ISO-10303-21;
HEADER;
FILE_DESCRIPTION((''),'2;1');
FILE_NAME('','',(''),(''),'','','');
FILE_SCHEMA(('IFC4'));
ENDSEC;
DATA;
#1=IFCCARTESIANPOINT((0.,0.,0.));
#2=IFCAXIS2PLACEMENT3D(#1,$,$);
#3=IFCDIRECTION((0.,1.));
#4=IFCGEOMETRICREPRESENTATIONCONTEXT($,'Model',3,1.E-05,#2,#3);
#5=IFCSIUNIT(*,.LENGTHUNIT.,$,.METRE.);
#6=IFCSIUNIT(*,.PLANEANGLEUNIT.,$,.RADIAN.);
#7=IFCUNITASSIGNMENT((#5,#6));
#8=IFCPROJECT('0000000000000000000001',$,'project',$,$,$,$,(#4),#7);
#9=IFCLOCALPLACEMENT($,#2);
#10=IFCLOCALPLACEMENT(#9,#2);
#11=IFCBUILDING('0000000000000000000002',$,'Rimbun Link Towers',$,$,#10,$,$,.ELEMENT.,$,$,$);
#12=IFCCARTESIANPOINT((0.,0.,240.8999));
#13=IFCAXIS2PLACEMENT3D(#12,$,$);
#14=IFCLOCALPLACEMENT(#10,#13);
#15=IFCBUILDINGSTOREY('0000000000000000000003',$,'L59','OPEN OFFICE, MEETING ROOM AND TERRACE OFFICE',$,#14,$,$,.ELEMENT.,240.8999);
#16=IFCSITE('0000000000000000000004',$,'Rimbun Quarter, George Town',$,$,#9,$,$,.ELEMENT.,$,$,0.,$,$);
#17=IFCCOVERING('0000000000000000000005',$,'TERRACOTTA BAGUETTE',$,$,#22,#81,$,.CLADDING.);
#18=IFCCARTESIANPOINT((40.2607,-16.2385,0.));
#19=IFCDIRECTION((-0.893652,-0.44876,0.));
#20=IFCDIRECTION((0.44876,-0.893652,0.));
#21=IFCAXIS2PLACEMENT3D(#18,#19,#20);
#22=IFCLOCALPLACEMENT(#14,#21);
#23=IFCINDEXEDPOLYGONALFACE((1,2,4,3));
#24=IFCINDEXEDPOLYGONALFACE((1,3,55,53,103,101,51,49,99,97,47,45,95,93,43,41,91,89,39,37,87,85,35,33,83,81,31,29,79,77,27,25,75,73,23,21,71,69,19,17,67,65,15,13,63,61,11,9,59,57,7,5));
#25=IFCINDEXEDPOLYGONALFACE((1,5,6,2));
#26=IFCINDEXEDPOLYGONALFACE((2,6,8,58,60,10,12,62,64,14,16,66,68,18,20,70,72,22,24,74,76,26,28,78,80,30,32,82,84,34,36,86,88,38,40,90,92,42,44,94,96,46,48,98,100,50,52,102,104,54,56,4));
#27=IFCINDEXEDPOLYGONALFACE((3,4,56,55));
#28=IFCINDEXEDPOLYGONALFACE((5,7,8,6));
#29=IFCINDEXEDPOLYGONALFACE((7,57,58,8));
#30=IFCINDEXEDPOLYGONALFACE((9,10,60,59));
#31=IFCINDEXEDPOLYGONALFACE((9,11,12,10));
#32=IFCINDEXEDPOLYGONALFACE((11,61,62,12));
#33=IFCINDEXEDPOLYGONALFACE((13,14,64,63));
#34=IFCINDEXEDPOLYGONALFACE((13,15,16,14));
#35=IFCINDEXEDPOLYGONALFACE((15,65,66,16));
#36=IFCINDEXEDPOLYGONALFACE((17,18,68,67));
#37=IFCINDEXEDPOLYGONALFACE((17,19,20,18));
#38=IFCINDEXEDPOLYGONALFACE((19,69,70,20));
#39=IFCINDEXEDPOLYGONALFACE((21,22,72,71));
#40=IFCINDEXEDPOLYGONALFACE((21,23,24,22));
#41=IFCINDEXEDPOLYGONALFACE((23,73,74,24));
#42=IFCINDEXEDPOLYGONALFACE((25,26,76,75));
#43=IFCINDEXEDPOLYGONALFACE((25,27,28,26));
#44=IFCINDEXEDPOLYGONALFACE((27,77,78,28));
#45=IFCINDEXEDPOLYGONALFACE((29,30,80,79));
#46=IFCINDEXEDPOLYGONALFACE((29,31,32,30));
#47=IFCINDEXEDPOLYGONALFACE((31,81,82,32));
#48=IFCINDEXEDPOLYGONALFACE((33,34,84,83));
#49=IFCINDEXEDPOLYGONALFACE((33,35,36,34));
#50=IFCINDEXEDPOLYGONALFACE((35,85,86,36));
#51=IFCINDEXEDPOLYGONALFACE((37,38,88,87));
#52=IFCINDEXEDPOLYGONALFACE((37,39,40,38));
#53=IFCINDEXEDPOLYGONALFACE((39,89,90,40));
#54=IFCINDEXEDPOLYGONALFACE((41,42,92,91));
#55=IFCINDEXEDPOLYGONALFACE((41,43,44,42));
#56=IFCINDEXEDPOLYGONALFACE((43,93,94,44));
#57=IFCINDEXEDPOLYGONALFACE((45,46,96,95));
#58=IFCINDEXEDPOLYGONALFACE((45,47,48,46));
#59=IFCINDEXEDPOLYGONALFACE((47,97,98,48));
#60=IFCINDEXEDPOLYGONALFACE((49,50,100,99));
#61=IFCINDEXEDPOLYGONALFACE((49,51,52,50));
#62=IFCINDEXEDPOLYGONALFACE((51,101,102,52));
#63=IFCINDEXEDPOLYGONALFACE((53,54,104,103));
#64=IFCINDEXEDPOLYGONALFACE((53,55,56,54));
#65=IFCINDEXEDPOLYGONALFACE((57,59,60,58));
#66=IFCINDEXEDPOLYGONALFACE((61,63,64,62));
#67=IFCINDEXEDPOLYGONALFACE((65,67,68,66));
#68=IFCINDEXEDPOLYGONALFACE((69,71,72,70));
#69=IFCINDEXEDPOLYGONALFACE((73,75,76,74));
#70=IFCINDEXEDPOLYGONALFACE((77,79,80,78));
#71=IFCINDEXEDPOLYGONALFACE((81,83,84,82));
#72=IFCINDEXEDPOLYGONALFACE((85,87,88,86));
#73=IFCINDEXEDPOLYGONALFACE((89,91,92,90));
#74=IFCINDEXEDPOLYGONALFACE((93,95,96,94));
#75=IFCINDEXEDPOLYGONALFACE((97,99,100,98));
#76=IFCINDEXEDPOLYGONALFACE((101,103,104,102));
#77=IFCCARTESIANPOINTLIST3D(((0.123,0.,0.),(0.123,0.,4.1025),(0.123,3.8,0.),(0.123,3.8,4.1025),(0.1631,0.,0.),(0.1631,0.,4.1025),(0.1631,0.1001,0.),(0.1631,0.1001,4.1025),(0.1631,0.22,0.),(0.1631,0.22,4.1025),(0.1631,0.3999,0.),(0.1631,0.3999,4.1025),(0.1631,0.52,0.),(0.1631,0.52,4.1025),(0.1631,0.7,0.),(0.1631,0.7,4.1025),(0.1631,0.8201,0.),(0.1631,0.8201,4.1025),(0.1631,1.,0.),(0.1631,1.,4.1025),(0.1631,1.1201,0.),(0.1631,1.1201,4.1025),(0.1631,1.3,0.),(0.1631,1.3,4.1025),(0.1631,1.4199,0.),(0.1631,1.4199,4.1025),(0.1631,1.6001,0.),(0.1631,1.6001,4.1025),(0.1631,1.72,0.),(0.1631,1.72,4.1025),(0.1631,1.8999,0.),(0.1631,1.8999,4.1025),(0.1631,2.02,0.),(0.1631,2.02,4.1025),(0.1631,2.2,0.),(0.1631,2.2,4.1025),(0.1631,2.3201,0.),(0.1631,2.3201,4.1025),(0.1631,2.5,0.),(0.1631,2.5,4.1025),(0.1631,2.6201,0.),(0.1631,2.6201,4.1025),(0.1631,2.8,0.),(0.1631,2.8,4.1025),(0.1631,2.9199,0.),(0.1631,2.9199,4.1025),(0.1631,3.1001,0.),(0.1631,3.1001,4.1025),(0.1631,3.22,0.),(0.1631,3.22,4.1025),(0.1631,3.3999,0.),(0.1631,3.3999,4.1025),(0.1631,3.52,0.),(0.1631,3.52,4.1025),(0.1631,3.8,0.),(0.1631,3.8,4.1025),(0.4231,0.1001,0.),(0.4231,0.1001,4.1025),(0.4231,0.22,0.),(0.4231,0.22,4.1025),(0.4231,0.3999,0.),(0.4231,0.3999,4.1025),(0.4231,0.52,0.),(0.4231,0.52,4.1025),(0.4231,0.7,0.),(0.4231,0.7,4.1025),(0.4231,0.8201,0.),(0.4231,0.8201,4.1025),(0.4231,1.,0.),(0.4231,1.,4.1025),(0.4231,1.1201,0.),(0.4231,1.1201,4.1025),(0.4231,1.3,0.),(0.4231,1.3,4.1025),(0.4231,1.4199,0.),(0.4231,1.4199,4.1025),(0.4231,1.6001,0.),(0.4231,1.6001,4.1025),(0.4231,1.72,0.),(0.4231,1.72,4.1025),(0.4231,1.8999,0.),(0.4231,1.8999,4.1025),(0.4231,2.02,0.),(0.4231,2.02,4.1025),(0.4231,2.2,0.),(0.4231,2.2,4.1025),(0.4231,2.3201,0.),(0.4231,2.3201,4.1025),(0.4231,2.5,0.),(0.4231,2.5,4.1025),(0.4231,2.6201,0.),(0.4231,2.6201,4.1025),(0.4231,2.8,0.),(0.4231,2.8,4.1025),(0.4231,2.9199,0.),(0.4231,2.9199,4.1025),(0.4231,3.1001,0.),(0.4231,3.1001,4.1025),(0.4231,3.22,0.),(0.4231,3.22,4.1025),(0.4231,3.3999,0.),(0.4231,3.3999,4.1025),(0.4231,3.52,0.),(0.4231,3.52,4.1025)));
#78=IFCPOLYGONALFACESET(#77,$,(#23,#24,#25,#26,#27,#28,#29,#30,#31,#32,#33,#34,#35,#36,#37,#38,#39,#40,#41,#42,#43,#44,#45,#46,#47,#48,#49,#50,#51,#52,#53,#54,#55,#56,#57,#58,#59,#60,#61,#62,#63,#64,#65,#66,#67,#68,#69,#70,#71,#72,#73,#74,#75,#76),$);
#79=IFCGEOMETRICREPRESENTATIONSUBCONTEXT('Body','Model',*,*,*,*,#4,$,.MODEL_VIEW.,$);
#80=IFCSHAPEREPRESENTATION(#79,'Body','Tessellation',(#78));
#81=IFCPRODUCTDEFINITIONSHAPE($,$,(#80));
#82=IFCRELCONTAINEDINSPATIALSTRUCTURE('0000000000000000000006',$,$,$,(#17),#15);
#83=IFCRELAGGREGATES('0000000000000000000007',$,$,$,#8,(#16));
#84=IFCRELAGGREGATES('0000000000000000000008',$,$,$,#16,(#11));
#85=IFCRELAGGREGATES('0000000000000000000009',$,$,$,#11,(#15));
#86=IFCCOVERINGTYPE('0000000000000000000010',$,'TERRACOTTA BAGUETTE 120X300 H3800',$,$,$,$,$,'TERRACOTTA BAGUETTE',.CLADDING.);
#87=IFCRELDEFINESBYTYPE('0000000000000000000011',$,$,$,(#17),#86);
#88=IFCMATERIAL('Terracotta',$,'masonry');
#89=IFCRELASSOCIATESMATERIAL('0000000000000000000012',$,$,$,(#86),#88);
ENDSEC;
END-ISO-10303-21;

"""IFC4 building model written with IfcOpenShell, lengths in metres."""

from ifc_helpers import new_model, si_unit, direction, frame, origin, place, context, subcontext, project, spatial, polyline, outline, extrude, material, material_profile, profile_set, type_object, element, save


model = new_model("IFC4")

# Units and contexts
model_context = context("Model", 3, precision=1e-05, world=origin(), true_north=direction((0.0, 1.0)))
body_context = subcontext(model_context, "Body", "Model", "MODEL_VIEW")
ifc_project = project(units=[si_unit("LENGTHUNIT", "METRE"), si_unit("PLANEANGLEUNIT", "RADIAN")], contexts=[model_context])

# Site, building, storey
site_placement = place(None, origin())
site = spatial("IfcSite", under=ifc_project, at=site_placement, Name="Rimbun Quarter, George Town", CompositionType="ELEMENT", RefElevation=0.0)
building_placement = place(site_placement, origin())
building = spatial("IfcBuilding", under=site, at=building_placement, Name="Rimbun Link Towers", CompositionType="ELEMENT")
storey_placement = place(building_placement, frame((0.0, 0.0, 240.8999)))
storey = spatial("IfcBuildingStorey", under=building, at=storey_placement, Name="L59", Description="OPEN OFFICE, MEETING ROOM AND TERRACE OFFICE", CompositionType="ELEMENT", Elevation=240.8999)

# Covering
ifc_material_1 = material(Name="Terracotta", Category="masonry")
ifc_material_profile_1 = material_profile(ifc_material_1, outline(polyline([(0.123, 0.0), (0.1631, 0.0), (0.1631, 0.1001), (0.4231, 0.1001), (0.4231, 0.22), (0.1631, 0.22), (0.1631, 0.3999), (0.4231, 0.3999), (0.4231, 0.52), (0.1631, 0.52), (0.1631, 0.7), (0.4231, 0.7), (0.4231, 0.8201), (0.1631, 0.8201), (0.1631, 1.0), (0.4231, 1.0), (0.4231, 1.1201), (0.1631, 1.1201), (0.1631, 1.3), (0.4231, 1.3), (0.4231, 1.4199), (0.1631, 1.4199), (0.1631, 1.6001), (0.4231, 1.6001), (0.4231, 1.72), (0.1631, 1.72), (0.1631, 1.8999), (0.4231, 1.8999), (0.4231, 2.02), (0.1631, 2.02), (0.1631, 2.2), (0.4231, 2.2), (0.4231, 2.3201), (0.1631, 2.3201), (0.1631, 2.5), (0.4231, 2.5), (0.4231, 2.6201), (0.1631, 2.6201), (0.1631, 2.8), (0.4231, 2.8), (0.4231, 2.9199), (0.1631, 2.9199), (0.1631, 3.1001), (0.4231, 3.1001), (0.4231, 3.22), (0.1631, 3.22), (0.1631, 3.3999), (0.4231, 3.3999), (0.4231, 3.52), (0.1631, 3.52), (0.1631, 3.8), (0.123, 3.8), (0.123, 0.0)])), Name="BAGUETTE 120X300")
ifc_profile_set_1 = profile_set([ifc_material_profile_1], Name="Terracotta")
covering_type = type_object("IfcCoveringType", Name="TERRACOTTA BAGUETTE 120X300 H3800", ElementType="TERRACOTTA BAGUETTE", PredefinedType="CLADDING", material=ifc_profile_set_1)
covering_placement = place(storey_placement, frame((40.2607, -16.2385, 0.0), z_axis=(-0.893652, -0.44876, 0.0), x_axis=(0.44876, -0.893652, 0.0)))
element("IfcCovering", 1, at=covering_placement, inside=storey, type_object=covering_type, Name="TERRACOTTA BAGUETTE", PredefinedType="CLADDING", context=body_context, shape_type="SweptSolid", body=[
    extrude(outline(polyline([(0.123, 0.0), (0.1631, 0.0), (0.1631, 0.1001), (0.4231, 0.1001), (0.4231, 0.22), (0.1631, 0.22), (0.1631, 0.3999), (0.4231, 0.3999), (0.4231, 0.52), (0.1631, 0.52), (0.1631, 0.7), (0.4231, 0.7), (0.4231, 0.8201), (0.1631, 0.8201), (0.1631, 1.0), (0.4231, 1.0), (0.4231, 1.1201), (0.1631, 1.1201), (0.1631, 1.3), (0.4231, 1.3), (0.4231, 1.4199), (0.1631, 1.4199), (0.1631, 1.6001), (0.4231, 1.6001), (0.4231, 1.72), (0.1631, 1.72), (0.1631, 1.8999), (0.4231, 1.8999), (0.4231, 2.02), (0.1631, 2.02), (0.1631, 2.2), (0.4231, 2.2), (0.4231, 2.3201), (0.1631, 2.3201), (0.1631, 2.5), (0.4231, 2.5), (0.4231, 2.6201), (0.1631, 2.6201), (0.1631, 2.8), (0.4231, 2.8), (0.4231, 2.9199), (0.1631, 2.9199), (0.1631, 3.1001), (0.4231, 3.1001), (0.4231, 3.22), (0.1631, 3.22), (0.1631, 3.3999), (0.4231, 3.3999), (0.4231, 3.52), (0.1631, 3.52), (0.1631, 3.8), (0.123, 3.8), (0.123, 0.0)])), origin(), (0.0, 0.0, 1.0), 4.1025),
])

save(model, "model.ifc")
